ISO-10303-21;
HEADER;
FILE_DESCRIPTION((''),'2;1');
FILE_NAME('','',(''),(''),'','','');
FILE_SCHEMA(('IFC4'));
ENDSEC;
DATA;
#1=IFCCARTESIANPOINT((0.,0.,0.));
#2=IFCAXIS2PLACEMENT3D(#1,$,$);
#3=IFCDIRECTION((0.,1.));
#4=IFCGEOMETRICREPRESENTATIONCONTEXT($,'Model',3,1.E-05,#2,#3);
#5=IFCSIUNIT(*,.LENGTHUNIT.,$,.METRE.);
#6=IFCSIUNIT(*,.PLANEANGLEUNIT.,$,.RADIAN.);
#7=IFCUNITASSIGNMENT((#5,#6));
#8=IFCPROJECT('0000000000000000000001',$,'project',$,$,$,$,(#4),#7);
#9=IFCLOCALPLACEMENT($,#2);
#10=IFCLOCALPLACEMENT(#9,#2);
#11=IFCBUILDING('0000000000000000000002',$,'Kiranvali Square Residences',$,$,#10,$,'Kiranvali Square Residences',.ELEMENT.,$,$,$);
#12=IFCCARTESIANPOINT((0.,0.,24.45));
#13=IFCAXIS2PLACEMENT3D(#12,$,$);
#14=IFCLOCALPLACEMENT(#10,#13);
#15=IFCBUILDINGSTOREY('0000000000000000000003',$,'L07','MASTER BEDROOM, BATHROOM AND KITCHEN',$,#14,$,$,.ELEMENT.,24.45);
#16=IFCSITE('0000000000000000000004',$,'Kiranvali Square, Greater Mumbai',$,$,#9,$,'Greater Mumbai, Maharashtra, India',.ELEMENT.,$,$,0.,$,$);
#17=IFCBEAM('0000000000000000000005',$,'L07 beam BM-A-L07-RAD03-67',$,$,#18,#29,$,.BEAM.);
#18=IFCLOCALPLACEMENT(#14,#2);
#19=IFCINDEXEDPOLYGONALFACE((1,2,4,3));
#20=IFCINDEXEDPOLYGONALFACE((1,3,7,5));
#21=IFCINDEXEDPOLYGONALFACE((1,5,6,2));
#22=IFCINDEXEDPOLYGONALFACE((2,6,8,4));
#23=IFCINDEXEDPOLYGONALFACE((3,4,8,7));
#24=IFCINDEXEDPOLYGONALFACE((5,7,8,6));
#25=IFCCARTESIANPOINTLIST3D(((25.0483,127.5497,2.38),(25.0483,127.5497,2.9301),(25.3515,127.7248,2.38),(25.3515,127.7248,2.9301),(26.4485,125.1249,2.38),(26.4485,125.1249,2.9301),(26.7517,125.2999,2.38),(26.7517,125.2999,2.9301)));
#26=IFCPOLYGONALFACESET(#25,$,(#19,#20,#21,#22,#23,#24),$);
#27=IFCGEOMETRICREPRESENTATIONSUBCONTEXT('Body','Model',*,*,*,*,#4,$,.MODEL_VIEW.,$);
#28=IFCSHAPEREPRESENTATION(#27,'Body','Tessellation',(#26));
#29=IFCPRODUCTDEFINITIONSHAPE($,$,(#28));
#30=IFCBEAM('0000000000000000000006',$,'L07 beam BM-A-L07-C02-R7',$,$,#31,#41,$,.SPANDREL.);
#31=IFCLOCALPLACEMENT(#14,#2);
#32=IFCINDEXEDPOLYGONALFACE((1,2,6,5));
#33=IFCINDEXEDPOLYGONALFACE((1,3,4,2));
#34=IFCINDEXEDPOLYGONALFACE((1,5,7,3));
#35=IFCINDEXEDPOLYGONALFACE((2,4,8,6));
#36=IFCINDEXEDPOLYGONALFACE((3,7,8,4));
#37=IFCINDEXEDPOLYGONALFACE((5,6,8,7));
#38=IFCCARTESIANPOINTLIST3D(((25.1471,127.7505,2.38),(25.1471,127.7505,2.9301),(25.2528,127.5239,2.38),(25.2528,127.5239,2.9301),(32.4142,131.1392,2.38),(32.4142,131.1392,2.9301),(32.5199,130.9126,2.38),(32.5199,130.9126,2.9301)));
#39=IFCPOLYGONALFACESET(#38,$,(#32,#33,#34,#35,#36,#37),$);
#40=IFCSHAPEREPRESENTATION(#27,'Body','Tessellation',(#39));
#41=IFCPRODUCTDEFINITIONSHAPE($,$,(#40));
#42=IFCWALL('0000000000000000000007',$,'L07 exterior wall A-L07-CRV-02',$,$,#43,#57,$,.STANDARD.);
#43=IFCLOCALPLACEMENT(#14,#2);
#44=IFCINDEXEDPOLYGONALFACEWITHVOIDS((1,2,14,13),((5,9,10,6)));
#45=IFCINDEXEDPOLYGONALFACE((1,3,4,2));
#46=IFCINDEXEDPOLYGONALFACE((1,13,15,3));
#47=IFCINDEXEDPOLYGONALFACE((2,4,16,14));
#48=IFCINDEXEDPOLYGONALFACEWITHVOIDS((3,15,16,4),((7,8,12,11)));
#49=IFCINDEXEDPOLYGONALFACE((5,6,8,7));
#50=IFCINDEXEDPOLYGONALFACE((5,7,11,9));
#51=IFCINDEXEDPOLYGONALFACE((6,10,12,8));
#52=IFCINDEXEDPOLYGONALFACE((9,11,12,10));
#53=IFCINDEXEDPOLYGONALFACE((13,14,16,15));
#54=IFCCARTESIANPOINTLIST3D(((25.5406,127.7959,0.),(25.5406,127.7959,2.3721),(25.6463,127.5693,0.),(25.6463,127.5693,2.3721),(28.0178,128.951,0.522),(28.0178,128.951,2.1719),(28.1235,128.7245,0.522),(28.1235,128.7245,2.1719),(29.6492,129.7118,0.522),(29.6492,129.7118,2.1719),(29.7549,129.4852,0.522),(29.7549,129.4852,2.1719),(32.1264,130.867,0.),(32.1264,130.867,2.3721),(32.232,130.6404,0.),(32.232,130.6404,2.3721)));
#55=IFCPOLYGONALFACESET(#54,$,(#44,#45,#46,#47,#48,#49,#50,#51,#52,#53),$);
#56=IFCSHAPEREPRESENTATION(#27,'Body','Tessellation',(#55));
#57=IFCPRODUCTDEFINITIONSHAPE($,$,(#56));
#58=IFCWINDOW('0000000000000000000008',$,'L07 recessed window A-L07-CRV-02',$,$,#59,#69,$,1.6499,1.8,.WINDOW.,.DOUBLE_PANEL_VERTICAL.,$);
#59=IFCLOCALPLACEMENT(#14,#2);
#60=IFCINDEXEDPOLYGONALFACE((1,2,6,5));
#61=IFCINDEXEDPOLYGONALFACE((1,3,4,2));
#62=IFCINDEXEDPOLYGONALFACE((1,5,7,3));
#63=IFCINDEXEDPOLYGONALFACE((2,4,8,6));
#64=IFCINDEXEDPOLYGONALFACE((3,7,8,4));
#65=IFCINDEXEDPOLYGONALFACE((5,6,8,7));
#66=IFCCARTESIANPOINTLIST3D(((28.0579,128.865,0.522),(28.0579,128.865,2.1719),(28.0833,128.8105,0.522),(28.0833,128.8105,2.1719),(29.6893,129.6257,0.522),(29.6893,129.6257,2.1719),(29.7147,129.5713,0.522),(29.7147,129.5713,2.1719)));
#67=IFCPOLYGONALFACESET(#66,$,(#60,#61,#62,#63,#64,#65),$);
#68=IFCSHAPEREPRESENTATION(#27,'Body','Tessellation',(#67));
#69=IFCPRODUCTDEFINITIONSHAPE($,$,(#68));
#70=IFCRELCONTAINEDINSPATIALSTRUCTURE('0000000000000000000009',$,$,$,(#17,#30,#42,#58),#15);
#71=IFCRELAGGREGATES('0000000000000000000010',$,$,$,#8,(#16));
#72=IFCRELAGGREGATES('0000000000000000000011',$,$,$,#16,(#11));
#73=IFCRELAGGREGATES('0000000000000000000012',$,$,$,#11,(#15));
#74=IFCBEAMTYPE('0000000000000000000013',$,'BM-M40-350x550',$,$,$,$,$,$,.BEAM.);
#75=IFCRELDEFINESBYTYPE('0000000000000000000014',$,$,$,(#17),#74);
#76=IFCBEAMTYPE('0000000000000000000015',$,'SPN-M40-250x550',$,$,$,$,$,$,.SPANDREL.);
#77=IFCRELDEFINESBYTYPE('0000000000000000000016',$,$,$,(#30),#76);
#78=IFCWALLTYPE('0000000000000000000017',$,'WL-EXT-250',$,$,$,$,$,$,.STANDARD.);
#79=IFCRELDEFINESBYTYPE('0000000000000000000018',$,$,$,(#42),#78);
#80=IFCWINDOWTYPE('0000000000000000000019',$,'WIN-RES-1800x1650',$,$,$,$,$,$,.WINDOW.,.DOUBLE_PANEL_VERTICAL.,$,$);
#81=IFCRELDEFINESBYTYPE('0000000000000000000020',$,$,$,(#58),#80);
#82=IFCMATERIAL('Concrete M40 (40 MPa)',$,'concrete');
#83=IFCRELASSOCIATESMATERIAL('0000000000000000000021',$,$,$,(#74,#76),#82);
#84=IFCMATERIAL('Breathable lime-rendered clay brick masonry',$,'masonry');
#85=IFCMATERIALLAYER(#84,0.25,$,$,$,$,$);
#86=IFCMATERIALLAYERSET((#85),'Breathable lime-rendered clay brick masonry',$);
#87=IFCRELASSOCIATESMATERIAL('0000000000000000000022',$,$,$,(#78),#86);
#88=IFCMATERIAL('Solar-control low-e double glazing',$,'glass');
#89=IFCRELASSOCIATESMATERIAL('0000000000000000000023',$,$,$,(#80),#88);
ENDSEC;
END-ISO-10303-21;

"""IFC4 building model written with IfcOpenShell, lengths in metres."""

from ifc_helpers import new_model, si_unit, direction, frame, frame_2d, origin, origin_2d, place, context, subcontext, project, spatial, rectangle, extrude, material, layer, layer_set, material_profile, profile_set, type_object, element, fill, save


model = new_model("IFC4")

# Units and contexts
model_context = context("Model", 3, precision=1e-05, world=origin(), true_north=direction((0.0, 1.0)))
body_context = subcontext(model_context, "Body", "Model", "MODEL_VIEW")
ifc_project = project(units=[si_unit("LENGTHUNIT", "METRE"), si_unit("PLANEANGLEUNIT", "RADIAN")], contexts=[model_context])

# Site, building, storey
site_placement = place(None, origin())
site = spatial("IfcSite", under=ifc_project, at=site_placement, Name="Kiranvali Square, Greater Mumbai", LongName="Greater Mumbai, Maharashtra, India", CompositionType="ELEMENT", RefElevation=0.0)
building_placement = place(site_placement, origin())
building = spatial("IfcBuilding", under=site, at=building_placement, Name="Kiranvali Square Residences", LongName="Kiranvali Square Residences", CompositionType="ELEMENT")
storey_placement = place(building_placement, frame((0.0, 0.0, 24.45)))
storey = spatial("IfcBuildingStorey", under=building, at=storey_placement, Name="L07", Description="MASTER BEDROOM, BATHROOM AND KITCHEN", CompositionType="ELEMENT", Elevation=24.45)

# Beams
ifc_material_1 = material(Name="Concrete M40 (40 MPa)", Category="concrete")
ifc_material_profile_1 = material_profile(ifc_material_1, rectangle(XDim=0.3501, YDim=0.55, at=origin_2d()), Name="RC 350x550")
ifc_profile_set_1 = profile_set([ifc_material_profile_1], Name="Concrete M40 (40 MPa)")
beam_type_1 = type_object("IfcBeamType", Name="BM-M40-350x550", PredefinedType="BEAM", material=ifc_profile_set_1)
for number, where, z_axis, x_axis, name in (
    (1, (26.6001, 125.2124, 2.655), (-0.50005, 0.865997, 0.0), (-0.865997, -0.50005, 0.0), "L07 beam BM-A-L07-RAD03-67"),
):
    element("IfcBeam", number, at=place(storey_placement, frame(where, z_axis=z_axis, x_axis=x_axis)), inside=storey, type_object=beam_type_1, Name=name, PredefinedType="BEAM", context=body_context, shape_type="SweptSolid", body=[
        extrude(rectangle(XDim=0.3501, YDim=0.55, at=origin_2d()), origin(), (0.0, 0.0, 1.0), 2.8),
    ])
ifc_material_profile_2 = material_profile(ifc_material_1, rectangle(XDim=0.25, YDim=0.55, at=origin_2d()), Name="RC 250x550")
ifc_profile_set_2 = profile_set([ifc_material_profile_2], Name="Concrete M40 (40 MPa)")
beam_type_2 = type_object("IfcBeamType", Name="SPN-M40-250x550", PredefinedType="SPANDREL", material=ifc_profile_set_2)
beam_1_placement = place(storey_placement, frame((32.467, 131.0259, 2.655), z_axis=(-0.906309, -0.422615, 0.0), x_axis=(0.422615, -0.906309, 0.0)))
element("IfcBeam", 2, at=beam_1_placement, inside=storey, type_object=beam_type_2, Name="L07 beam BM-A-L07-C02-R7", PredefinedType="SPANDREL", context=body_context, shape_type="SweptSolid", body=[
    extrude(rectangle(XDim=0.25, YDim=0.55, at=origin_2d()), origin(), (0.0, 0.0, 1.0), 8.0183),
])

# Wall, opening, window
ifc_material_2 = material(Name="Breathable lime-rendered clay brick masonry", Category="masonry")
ifc_layer = layer(ifc_material_2, 0.25)
ifc_layer_set = layer_set([ifc_layer], Name="Breathable lime-rendered clay brick masonry")
wall_type = type_object("IfcWallType", Name="WL-EXT-250", PredefinedType="STANDARD", material=ifc_layer_set)
wall_placement = place(storey_placement, frame((32.1792, 130.7537, 0.0), z_axis=(0.0, 0.0, 1.0), x_axis=(-0.906303, -0.422628, 0.0)))
wall = element("IfcWall", 3, at=wall_placement, inside=storey, type_object=wall_type, Name="L07 exterior wall A-L07-CRV-02", PredefinedType="STANDARD", context=body_context, shape_type="SweptSolid", body=[
    extrude(rectangle(XDim=7.2666, YDim=0.25, at=frame_2d((3.6333, 0.0))), origin(), (0.0, 0.0, 1.0), 2.3721),
])
opening_placement = place(wall_placement, frame((2.7334, 0.0, 0.522)))
opening = element("IfcOpeningElement", 4, at=opening_placement, cuts=wall, PredefinedType="OPENING", context=body_context, shape_type="SweptSolid", body=[
    extrude(rectangle(XDim=1.8, YDim=1.6499, at=frame_2d((0.8999, 0.825))), frame((0.0, 0.135, 0.0), z_axis=(0.0, -1.0, 0.0), x_axis=(1.0, 0.0, 0.0)), (0.0, 0.0, 1.0), 0.27),
])
ifc_material_3 = material(Name="Solar-control low-e double glazing", Category="glass")
window_type = type_object("IfcWindowType", Name="WIN-RES-1800x1650", PartitioningType="DOUBLE_PANEL_VERTICAL", PredefinedType="WINDOW", material=ifc_material_3)
window_placement = place(opening_placement, origin())
window = element("IfcWindow", 5, at=window_placement, inside=storey, type_object=window_type, Name="L07 recessed window A-L07-CRV-02", OverallHeight=1.6499, OverallWidth=1.8, PartitioningType="DOUBLE_PANEL_VERTICAL", PredefinedType="WINDOW", context=body_context, shape_type="SweptSolid", body=[
    extrude(rectangle(XDim=1.8, YDim=1.6499, at=frame_2d((0.8999, 0.825))), frame((0.0, 0.03, 0.0), z_axis=(0.0, -1.0, 0.0), x_axis=(1.0, 0.0, 0.0)), (0.0, 0.0, 1.0), 0.0601),
])
fill(opening, window)

save(model, "model.ifc")
